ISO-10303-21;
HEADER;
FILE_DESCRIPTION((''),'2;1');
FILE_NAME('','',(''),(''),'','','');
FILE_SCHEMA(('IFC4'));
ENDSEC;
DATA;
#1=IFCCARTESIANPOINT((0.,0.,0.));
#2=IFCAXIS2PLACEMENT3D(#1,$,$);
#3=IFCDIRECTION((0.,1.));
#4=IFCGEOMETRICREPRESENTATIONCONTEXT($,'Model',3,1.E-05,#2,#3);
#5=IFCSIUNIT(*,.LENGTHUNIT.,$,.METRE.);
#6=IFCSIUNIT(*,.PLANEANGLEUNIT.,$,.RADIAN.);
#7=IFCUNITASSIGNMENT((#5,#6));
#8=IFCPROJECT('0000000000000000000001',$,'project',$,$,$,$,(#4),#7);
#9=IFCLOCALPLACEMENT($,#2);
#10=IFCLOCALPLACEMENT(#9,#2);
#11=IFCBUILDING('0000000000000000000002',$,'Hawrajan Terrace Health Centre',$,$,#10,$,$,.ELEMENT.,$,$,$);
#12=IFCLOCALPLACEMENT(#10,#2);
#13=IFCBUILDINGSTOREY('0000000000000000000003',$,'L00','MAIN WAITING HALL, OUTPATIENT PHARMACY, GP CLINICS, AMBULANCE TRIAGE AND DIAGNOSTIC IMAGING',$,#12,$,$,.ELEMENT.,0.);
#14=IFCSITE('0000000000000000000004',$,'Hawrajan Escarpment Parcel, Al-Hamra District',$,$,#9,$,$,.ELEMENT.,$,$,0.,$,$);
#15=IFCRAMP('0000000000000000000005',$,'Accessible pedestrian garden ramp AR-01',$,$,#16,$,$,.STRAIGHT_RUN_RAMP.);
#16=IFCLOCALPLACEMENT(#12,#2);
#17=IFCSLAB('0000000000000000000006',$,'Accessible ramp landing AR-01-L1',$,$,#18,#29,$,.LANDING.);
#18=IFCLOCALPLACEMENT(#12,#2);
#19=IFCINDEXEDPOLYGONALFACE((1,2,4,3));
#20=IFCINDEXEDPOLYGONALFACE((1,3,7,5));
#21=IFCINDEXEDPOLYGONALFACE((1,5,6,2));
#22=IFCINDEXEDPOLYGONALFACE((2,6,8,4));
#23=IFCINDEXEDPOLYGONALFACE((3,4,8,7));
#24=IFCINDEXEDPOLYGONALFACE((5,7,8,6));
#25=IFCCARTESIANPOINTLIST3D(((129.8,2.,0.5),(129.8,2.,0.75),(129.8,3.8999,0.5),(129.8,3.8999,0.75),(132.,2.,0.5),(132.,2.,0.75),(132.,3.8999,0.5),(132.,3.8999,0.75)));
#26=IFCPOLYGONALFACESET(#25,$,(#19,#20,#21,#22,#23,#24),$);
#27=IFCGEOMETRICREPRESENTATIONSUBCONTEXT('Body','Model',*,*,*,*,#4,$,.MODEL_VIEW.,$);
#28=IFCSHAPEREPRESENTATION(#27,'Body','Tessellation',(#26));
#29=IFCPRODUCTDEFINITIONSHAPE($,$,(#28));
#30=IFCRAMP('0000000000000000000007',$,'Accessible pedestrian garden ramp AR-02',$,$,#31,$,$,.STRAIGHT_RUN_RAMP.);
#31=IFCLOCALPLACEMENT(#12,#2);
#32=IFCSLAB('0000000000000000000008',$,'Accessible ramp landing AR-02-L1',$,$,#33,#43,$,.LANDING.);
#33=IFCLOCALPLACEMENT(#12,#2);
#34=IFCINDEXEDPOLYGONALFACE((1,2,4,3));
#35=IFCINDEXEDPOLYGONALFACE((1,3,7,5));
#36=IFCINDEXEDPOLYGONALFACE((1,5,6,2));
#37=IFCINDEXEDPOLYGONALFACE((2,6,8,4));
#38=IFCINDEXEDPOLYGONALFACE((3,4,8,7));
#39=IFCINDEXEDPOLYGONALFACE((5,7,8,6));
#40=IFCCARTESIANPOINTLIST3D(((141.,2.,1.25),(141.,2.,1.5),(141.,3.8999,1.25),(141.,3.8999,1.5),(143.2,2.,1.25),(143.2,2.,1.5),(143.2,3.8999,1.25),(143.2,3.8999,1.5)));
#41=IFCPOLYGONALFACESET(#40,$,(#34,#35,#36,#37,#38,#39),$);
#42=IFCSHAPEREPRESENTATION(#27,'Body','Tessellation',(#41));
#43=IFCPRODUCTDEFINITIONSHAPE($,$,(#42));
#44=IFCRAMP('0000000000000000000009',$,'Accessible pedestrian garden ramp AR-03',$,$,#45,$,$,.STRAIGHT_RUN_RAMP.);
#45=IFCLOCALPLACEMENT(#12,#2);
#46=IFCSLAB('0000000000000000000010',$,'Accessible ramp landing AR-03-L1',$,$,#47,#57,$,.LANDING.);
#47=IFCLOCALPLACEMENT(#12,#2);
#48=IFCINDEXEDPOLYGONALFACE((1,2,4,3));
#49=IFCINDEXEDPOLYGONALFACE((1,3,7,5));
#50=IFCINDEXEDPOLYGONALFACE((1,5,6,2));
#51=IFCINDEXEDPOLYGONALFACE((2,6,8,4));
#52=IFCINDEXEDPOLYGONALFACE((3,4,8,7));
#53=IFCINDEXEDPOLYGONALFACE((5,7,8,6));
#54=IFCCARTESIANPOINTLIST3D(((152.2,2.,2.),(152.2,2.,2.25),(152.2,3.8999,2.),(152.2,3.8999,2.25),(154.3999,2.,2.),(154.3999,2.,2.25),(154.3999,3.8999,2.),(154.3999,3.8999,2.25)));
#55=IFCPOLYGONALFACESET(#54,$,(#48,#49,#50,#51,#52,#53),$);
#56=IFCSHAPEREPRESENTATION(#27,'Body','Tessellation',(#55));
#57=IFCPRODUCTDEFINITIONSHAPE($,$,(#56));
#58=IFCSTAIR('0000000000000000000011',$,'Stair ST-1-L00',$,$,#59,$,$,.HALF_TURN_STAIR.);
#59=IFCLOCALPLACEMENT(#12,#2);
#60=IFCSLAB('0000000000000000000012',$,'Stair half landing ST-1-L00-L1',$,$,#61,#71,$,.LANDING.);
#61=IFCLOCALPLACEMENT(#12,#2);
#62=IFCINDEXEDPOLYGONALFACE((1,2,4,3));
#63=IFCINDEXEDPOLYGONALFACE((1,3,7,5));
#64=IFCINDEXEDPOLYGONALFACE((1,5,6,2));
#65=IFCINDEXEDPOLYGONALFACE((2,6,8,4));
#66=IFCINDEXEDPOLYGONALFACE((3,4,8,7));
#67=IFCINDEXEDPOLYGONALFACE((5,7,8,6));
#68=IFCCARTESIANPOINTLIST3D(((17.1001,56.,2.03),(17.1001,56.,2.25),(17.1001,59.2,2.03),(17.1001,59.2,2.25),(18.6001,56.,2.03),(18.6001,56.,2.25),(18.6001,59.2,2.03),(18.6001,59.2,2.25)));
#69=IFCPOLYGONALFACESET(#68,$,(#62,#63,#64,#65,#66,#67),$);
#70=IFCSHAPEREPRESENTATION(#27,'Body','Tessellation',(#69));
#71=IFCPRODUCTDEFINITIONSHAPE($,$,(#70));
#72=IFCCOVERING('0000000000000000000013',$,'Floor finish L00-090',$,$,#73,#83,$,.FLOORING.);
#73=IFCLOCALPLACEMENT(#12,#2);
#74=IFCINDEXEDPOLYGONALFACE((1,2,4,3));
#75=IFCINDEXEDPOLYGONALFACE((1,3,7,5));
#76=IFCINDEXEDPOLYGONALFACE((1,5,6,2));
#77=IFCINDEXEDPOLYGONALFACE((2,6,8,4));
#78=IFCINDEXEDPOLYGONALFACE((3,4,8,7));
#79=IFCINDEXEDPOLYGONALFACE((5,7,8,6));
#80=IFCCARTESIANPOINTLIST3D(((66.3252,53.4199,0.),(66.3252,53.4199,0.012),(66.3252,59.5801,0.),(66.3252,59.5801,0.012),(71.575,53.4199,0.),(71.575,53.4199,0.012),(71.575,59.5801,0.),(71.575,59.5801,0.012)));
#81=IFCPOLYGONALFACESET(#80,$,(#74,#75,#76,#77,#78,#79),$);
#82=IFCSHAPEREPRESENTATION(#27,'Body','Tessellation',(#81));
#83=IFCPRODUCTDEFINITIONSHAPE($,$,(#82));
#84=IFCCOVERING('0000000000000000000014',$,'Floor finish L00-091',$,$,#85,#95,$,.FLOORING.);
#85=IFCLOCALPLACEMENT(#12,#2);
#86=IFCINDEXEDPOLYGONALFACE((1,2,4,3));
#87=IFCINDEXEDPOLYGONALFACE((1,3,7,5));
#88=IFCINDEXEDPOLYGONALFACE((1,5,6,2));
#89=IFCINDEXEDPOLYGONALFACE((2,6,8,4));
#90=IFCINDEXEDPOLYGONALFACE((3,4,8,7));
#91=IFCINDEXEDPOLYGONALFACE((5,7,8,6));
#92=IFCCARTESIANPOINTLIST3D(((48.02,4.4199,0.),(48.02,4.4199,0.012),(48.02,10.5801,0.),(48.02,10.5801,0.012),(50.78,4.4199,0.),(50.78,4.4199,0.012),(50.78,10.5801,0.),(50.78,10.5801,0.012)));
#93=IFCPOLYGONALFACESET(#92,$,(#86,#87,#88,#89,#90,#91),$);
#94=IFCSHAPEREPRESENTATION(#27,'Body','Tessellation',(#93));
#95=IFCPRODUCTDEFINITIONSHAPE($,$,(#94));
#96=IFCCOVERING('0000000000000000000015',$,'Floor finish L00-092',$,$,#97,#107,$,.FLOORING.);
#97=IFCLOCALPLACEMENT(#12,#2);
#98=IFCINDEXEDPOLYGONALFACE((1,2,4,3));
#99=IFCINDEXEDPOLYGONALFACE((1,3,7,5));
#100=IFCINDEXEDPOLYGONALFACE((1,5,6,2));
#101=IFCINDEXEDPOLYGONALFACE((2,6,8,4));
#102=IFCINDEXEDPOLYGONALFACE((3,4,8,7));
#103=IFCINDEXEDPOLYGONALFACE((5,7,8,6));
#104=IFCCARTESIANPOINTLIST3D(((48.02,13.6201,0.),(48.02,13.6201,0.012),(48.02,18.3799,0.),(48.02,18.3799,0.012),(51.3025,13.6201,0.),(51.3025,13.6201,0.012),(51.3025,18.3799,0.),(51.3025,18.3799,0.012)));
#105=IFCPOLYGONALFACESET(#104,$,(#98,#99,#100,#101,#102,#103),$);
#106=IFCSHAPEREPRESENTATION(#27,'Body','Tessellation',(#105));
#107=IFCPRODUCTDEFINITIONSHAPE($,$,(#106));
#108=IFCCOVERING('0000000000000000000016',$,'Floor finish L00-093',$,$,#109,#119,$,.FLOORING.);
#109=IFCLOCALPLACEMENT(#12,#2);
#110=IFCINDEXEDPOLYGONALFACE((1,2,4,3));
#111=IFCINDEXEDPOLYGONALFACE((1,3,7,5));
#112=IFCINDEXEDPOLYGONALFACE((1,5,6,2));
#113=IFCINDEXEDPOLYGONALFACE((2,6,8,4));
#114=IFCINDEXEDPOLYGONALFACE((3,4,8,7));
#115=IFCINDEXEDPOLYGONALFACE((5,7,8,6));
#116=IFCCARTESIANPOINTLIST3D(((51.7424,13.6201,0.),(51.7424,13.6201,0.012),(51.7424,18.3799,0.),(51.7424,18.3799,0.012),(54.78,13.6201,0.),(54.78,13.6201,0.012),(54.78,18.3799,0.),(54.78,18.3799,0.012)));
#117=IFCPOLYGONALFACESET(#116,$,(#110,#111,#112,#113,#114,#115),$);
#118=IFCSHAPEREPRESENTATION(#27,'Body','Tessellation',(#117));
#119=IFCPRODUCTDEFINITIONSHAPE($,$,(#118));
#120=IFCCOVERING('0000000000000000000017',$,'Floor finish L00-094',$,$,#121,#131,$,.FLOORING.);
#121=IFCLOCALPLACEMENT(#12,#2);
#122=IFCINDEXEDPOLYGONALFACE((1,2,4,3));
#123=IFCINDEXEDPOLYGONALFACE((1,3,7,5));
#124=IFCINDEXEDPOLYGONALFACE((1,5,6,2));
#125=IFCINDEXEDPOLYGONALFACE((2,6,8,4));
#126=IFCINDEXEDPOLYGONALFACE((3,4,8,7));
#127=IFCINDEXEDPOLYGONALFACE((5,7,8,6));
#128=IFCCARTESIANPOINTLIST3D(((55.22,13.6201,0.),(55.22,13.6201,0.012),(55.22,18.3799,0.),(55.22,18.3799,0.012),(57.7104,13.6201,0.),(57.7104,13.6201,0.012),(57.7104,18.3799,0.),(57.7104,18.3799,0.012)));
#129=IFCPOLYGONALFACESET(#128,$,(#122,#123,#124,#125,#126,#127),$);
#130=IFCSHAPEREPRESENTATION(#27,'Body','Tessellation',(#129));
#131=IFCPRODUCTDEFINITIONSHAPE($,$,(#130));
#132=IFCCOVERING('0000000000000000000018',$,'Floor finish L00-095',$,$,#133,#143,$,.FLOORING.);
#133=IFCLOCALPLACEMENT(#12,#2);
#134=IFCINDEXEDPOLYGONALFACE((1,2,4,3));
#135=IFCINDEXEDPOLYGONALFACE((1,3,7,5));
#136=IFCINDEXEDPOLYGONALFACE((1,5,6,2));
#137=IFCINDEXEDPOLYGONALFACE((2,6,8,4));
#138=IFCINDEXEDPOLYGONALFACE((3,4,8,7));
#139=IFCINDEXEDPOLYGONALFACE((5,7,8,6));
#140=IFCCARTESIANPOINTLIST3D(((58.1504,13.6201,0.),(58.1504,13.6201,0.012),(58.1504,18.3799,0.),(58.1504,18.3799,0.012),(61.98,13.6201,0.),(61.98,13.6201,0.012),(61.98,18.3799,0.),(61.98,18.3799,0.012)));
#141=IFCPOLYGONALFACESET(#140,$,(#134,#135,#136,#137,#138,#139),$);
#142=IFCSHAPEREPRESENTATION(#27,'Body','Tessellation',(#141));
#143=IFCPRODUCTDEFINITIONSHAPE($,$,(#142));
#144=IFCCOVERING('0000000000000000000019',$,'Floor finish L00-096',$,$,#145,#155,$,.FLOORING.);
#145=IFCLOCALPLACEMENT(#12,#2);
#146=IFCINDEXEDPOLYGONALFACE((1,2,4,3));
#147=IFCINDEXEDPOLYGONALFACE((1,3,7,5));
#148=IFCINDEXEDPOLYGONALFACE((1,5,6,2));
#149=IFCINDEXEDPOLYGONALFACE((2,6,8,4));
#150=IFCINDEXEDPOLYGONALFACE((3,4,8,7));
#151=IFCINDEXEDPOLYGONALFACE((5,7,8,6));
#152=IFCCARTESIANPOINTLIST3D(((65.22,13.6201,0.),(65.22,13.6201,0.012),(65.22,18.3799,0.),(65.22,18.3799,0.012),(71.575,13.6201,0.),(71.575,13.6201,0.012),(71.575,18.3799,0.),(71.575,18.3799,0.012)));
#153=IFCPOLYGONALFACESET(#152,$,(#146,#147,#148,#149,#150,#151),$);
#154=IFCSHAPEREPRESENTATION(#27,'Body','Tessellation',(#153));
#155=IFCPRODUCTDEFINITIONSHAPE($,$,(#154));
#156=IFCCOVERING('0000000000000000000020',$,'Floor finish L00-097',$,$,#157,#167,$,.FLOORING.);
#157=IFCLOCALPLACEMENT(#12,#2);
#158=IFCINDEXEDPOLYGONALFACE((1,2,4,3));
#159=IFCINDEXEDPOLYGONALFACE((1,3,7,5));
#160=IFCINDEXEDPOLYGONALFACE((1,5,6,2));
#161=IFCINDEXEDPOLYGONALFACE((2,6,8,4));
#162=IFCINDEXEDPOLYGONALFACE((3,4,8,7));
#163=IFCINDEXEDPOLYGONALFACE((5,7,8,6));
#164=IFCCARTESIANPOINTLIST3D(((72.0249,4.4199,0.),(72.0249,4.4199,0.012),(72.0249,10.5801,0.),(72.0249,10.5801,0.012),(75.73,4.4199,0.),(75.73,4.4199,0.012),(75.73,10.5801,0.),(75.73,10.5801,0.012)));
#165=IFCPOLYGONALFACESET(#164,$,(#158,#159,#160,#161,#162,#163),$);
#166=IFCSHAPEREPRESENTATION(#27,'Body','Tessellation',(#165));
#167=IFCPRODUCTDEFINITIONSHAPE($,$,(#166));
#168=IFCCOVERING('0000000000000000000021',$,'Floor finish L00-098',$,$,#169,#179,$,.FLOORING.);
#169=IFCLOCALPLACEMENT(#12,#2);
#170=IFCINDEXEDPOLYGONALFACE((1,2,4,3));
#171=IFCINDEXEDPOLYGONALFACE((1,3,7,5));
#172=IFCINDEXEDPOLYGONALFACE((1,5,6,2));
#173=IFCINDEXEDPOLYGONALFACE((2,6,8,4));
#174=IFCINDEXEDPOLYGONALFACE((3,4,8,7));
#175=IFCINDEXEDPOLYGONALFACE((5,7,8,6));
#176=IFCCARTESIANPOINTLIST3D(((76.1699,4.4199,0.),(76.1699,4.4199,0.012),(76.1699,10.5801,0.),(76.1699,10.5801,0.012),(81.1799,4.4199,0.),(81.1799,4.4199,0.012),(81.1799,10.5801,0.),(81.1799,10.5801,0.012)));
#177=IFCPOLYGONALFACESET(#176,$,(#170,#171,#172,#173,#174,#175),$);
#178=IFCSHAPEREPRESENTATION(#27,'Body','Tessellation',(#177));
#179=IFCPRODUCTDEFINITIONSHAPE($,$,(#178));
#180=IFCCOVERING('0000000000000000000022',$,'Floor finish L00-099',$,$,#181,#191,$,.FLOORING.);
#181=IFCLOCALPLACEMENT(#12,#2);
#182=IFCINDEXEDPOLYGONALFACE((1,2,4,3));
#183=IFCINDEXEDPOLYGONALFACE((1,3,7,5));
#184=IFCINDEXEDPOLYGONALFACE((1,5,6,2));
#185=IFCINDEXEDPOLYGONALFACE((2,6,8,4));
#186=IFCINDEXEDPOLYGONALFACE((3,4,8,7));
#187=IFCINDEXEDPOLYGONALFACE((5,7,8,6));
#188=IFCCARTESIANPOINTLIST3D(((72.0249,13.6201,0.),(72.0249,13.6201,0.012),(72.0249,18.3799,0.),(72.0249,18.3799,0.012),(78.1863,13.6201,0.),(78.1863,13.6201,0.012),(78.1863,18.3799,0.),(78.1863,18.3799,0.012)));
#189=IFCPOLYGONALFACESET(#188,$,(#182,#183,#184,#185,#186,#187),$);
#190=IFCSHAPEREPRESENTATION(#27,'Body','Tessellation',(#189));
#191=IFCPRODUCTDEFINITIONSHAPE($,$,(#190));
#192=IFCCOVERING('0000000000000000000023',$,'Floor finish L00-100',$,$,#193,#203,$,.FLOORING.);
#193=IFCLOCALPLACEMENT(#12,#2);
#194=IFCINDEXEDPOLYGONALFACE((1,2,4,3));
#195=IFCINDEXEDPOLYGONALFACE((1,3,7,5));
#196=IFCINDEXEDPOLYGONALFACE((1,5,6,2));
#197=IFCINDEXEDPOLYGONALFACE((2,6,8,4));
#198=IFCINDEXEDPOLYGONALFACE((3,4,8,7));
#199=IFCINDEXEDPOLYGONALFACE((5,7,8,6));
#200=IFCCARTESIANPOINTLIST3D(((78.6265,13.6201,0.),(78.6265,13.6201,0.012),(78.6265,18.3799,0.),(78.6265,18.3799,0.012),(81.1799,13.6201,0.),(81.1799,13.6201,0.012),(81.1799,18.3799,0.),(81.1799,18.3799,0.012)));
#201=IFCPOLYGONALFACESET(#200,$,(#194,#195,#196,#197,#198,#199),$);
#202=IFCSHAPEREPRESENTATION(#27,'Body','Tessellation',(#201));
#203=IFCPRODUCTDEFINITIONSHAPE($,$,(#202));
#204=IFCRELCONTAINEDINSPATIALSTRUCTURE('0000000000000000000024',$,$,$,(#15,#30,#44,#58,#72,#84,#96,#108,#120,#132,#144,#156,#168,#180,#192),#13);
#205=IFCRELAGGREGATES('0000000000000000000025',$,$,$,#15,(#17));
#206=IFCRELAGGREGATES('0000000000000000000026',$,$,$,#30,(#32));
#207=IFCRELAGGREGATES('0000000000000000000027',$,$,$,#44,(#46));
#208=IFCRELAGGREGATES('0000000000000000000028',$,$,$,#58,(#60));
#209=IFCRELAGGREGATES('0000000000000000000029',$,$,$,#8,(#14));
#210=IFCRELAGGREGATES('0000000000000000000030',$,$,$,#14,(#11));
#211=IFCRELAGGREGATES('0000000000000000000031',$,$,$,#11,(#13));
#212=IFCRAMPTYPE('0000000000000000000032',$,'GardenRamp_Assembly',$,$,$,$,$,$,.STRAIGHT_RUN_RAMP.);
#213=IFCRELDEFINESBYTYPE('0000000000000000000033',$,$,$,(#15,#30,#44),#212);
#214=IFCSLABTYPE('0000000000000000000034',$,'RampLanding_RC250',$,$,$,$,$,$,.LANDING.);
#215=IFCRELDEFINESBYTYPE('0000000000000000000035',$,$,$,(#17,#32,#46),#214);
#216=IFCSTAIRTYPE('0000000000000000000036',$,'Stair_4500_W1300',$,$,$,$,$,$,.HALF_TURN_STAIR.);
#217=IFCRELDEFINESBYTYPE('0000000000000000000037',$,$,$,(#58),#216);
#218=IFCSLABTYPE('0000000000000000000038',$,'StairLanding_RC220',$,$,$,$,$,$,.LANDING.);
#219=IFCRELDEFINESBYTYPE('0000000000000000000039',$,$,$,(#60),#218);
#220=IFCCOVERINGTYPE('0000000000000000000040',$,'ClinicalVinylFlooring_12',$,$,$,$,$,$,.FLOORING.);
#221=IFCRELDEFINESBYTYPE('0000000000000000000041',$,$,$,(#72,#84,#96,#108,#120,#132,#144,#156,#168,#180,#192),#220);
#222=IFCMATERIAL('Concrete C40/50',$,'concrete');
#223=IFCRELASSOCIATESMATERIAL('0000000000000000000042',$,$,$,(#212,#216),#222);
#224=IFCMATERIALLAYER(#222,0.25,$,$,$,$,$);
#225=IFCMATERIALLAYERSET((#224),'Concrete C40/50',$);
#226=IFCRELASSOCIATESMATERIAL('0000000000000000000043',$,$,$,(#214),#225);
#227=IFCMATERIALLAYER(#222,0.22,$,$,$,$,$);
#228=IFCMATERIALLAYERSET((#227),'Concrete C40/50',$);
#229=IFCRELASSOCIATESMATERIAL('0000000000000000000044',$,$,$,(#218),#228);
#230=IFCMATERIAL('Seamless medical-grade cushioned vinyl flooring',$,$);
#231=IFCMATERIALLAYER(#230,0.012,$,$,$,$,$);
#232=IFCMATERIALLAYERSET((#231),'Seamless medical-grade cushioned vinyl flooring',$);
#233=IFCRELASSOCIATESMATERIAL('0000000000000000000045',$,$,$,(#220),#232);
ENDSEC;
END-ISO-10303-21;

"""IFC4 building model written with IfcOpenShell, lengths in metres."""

from ifc_helpers import new_model, si_unit, direction, frame, origin, place, context, subcontext, project, spatial, polyline, outline, extrude, material, layer, layer_set, type_object, element, aggregate, save


model = new_model("IFC4")

# Units and contexts
model_context = context("Model", 3, precision=1e-05, world=origin(), true_north=direction((0.0, 1.0)))
body_context = subcontext(model_context, "Body", "Model", "MODEL_VIEW")
ifc_project = project(units=[si_unit("LENGTHUNIT", "METRE"), si_unit("PLANEANGLEUNIT", "RADIAN")], contexts=[model_context])

# Site, building, storey
site_placement = place(None, origin())
site = spatial("IfcSite", under=ifc_project, at=site_placement, Name="Hawrajan Escarpment Parcel, Al-Hamra District", CompositionType="ELEMENT", RefElevation=0.0)
building_placement = place(site_placement, origin())
building = spatial("IfcBuilding", under=site, at=building_placement, Name="Hawrajan Terrace Health Centre", CompositionType="ELEMENT")
storey_placement = place(building_placement, origin())
storey = spatial("IfcBuildingStorey", under=building, at=storey_placement, Name="L00", Description="MAIN WAITING HALL, OUTPATIENT PHARMACY, GP CLINICS, AMBULANCE TRIAGE AND DIAGNOSTIC IMAGING", CompositionType="ELEMENT", Elevation=0.0)

# Ramps, slabs
ifc_material_1 = material(Name="Concrete C40/50", Category="concrete")
ramp_type = type_object("IfcRampType", Name="GardenRamp_Assembly", PredefinedType="STRAIGHT_RUN_RAMP", material=ifc_material_1)
ramp_1_placement = place(storey_placement, origin())
ramp_1 = element("IfcRamp", 1, at=ramp_1_placement, inside=storey, type_object=ramp_type, Name="Accessible pedestrian garden ramp AR-01", PredefinedType="STRAIGHT_RUN_RAMP")
ifc_layer_1 = layer(ifc_material_1, 0.25)
ifc_layer_set_1 = layer_set([ifc_layer_1], Name="Concrete C40/50")
slab_type_1 = type_object("IfcSlabType", Name="RampLanding_RC250", PredefinedType="LANDING", material=ifc_layer_set_1)
slab_1_placement = place(storey_placement, frame((0.0, 0.0, 0.5)))
slab_1 = element("IfcSlab", 2, at=slab_1_placement, type_object=slab_type_1, Name="Accessible ramp landing AR-01-L1", PredefinedType="LANDING", context=body_context, shape_type="SweptSolid", body=[
    extrude(outline(polyline([(129.8, 2.0), (132.0, 2.0), (132.0, 3.8999), (129.8, 3.8999), (129.8, 2.0)])), origin(), (0.0, 0.0, 1.0), 0.25),
])
aggregate(ramp_1, [slab_1])
ramp_2_placement = place(storey_placement, origin())
ramp_2 = element("IfcRamp", 3, at=ramp_2_placement, inside=storey, type_object=ramp_type, Name="Accessible pedestrian garden ramp AR-02", PredefinedType="STRAIGHT_RUN_RAMP")
slab_2_placement = place(storey_placement, frame((0.0, 0.0, 1.25)))
slab_2 = element("IfcSlab", 4, at=slab_2_placement, type_object=slab_type_1, Name="Accessible ramp landing AR-02-L1", PredefinedType="LANDING", context=body_context, shape_type="SweptSolid", body=[
    extrude(outline(polyline([(141.0, 2.0), (143.2, 2.0), (143.2, 3.8999), (141.0, 3.8999), (141.0, 2.0)])), origin(), (0.0, 0.0, 1.0), 0.25),
])
aggregate(ramp_2, [slab_2])
ramp_3_placement = place(storey_placement, origin())
ramp_3 = element("IfcRamp", 5, at=ramp_3_placement, inside=storey, type_object=ramp_type, Name="Accessible pedestrian garden ramp AR-03", PredefinedType="STRAIGHT_RUN_RAMP")
slab_3_placement = place(storey_placement, frame((0.0, 0.0, 2.0)))
slab_3 = element("IfcSlab", 6, at=slab_3_placement, type_object=slab_type_1, Name="Accessible ramp landing AR-03-L1", PredefinedType="LANDING", context=body_context, shape_type="SweptSolid", body=[
    extrude(outline(polyline([(152.2, 2.0), (154.3999, 2.0), (154.3999, 3.8999), (152.2, 3.8999), (152.2, 2.0)])), origin(), (0.0, 0.0, 1.0), 0.25),
])
aggregate(ramp_3, [slab_3])

# Stair, slab
stair_type = type_object("IfcStairType", Name="Stair_4500_W1300", PredefinedType="HALF_TURN_STAIR", material=ifc_material_1)
stair_placement = place(storey_placement, origin())
stair = element("IfcStair", 7, at=stair_placement, inside=storey, type_object=stair_type, Name="Stair ST-1-L00", PredefinedType="HALF_TURN_STAIR")
ifc_layer_2 = layer(ifc_material_1, 0.22)
ifc_layer_set_2 = layer_set([ifc_layer_2], Name="Concrete C40/50")
slab_type_2 = type_object("IfcSlabType", Name="StairLanding_RC220", PredefinedType="LANDING", material=ifc_layer_set_2)
slab_4_placement = place(storey_placement, frame((0.0, 0.0, 2.03)))
slab_4 = element("IfcSlab", 8, at=slab_4_placement, type_object=slab_type_2, Name="Stair half landing ST-1-L00-L1", PredefinedType="LANDING", context=body_context, shape_type="SweptSolid", body=[
    extrude(outline(polyline([(17.1001, 56.0), (18.6001, 56.0), (18.6001, 59.2), (17.1001, 59.2), (17.1001, 56.0)])), origin(), (0.0, 0.0, 1.0), 0.22),
])
aggregate(stair, [slab_4])

# Coverings
ifc_material_2 = material(Name="Seamless medical-grade cushioned vinyl flooring")
ifc_layer_3 = layer(ifc_material_2, 0.012)
ifc_layer_set_3 = layer_set([ifc_layer_3], Name="Seamless medical-grade cushioned vinyl flooring")
covering_type = type_object("IfcCoveringType", Name="ClinicalVinylFlooring_12", PredefinedType="FLOORING", material=ifc_layer_set_3)
covering_1_placement = place(storey_placement, origin())
element("IfcCovering", 9, at=covering_1_placement, inside=storey, type_object=covering_type, Name="Floor finish L00-090", PredefinedType="FLOORING", context=body_context, shape_type="SweptSolid", body=[
    extrude(outline(polyline([(66.3252, 59.5801), (71.575, 59.5801), (71.575, 53.4199), (66.3252, 53.4199), (66.3252, 59.5801)])), origin(), (0.0, 0.0, 1.0), 0.012),
])
covering_2_placement = place(storey_placement, origin())
element("IfcCovering", 10, at=covering_2_placement, inside=storey, type_object=covering_type, Name="Floor finish L00-091", PredefinedType="FLOORING", context=body_context, shape_type="SweptSolid", body=[
    extrude(outline(polyline([(48.02, 10.5801), (50.78, 10.5801), (50.78, 4.4199), (48.02, 4.4199), (48.02, 10.5801)])), origin(), (0.0, 0.0, 1.0), 0.012),
])
covering_3_placement = place(storey_placement, origin())
element("IfcCovering", 11, at=covering_3_placement, inside=storey, type_object=covering_type, Name="Floor finish L00-092", PredefinedType="FLOORING", context=body_context, shape_type="SweptSolid", body=[
    extrude(outline(polyline([(48.02, 18.3799), (51.3025, 18.3799), (51.3025, 13.6201), (48.02, 13.6201), (48.02, 18.3799)])), origin(), (0.0, 0.0, 1.0), 0.012),
])
covering_4_placement = place(storey_placement, origin())
element("IfcCovering", 12, at=covering_4_placement, inside=storey, type_object=covering_type, Name="Floor finish L00-093", PredefinedType="FLOORING", context=body_context, shape_type="SweptSolid", body=[
    extrude(outline(polyline([(51.7424, 18.3799), (54.78, 18.3799), (54.78, 13.6201), (51.7424, 13.6201), (51.7424, 18.3799)])), origin(), (0.0, 0.0, 1.0), 0.012),
])
covering_5_placement = place(storey_placement, origin())
element("IfcCovering", 13, at=covering_5_placement, inside=storey, type_object=covering_type, Name="Floor finish L00-094", PredefinedType="FLOORING", context=body_context, shape_type="SweptSolid", body=[
    extrude(outline(polyline([(55.22, 18.3799), (57.7104, 18.3799), (57.7104, 13.6201), (55.22, 13.6201), (55.22, 18.3799)])), origin(), (0.0, 0.0, 1.0), 0.012),
])
covering_6_placement = place(storey_placement, origin())
element("IfcCovering", 14, at=covering_6_placement, inside=storey, type_object=covering_type, Name="Floor finish L00-095", PredefinedType="FLOORING", context=body_context, shape_type="SweptSolid", body=[
    extrude(outline(polyline([(58.1504, 18.3799), (61.98, 18.3799), (61.98, 13.6201), (58.1504, 13.6201), (58.1504, 18.3799)])), origin(), (0.0, 0.0, 1.0), 0.012),
])
covering_7_placement = place(storey_placement, origin())
element("IfcCovering", 15, at=covering_7_placement, inside=storey, type_object=covering_type, Name="Floor finish L00-096", PredefinedType="FLOORING", context=body_context, shape_type="SweptSolid", body=[
    extrude(outline(polyline([(65.22, 18.3799), (71.575, 18.3799), (71.575, 13.6201), (65.22, 13.6201), (65.22, 18.3799)])), origin(), (0.0, 0.0, 1.0), 0.012),
])
covering_8_placement = place(storey_placement, origin())
element("IfcCovering", 16, at=covering_8_placement, inside=storey, type_object=covering_type, Name="Floor finish L00-097", PredefinedType="FLOORING", context=body_context, shape_type="SweptSolid", body=[
    extrude(outline(polyline([(72.0249, 10.5801), (75.73, 10.5801), (75.73, 4.4199), (72.0249, 4.4199), (72.0249, 10.5801)])), origin(), (0.0, 0.0, 1.0), 0.012),
])
covering_9_placement = place(storey_placement, origin())
element("IfcCovering", 17, at=covering_9_placement, inside=storey, type_object=covering_type, Name="Floor finish L00-098", PredefinedType="FLOORING", context=body_context, shape_type="SweptSolid", body=[
    extrude(outline(polyline([(76.1699, 10.5801), (81.1799, 10.5801), (81.1799, 4.4199), (76.1699, 4.4199), (76.1699, 10.5801)])), origin(), (0.0, 0.0, 1.0), 0.012),
])
covering_10_placement = place(storey_placement, origin())
element("IfcCovering", 18, at=covering_10_placement, inside=storey, type_object=covering_type, Name="Floor finish L00-099", PredefinedType="FLOORING", context=body_context, shape_type="SweptSolid", body=[
    extrude(outline(polyline([(72.0249, 18.3799), (78.1863, 18.3799), (78.1863, 13.6201), (72.0249, 13.6201), (72.0249, 18.3799)])), origin(), (0.0, 0.0, 1.0), 0.012),
])
covering_11_placement = place(storey_placement, origin())
element("IfcCovering", 19, at=covering_11_placement, inside=storey, type_object=covering_type, Name="Floor finish L00-100", PredefinedType="FLOORING", context=body_context, shape_type="SweptSolid", body=[
    extrude(outline(polyline([(78.6265, 18.3799), (81.1799, 18.3799), (81.1799, 13.6201), (78.6265, 13.6201), (78.6265, 18.3799)])), origin(), (0.0, 0.0, 1.0), 0.012),
])

save(model, "model.ifc")
